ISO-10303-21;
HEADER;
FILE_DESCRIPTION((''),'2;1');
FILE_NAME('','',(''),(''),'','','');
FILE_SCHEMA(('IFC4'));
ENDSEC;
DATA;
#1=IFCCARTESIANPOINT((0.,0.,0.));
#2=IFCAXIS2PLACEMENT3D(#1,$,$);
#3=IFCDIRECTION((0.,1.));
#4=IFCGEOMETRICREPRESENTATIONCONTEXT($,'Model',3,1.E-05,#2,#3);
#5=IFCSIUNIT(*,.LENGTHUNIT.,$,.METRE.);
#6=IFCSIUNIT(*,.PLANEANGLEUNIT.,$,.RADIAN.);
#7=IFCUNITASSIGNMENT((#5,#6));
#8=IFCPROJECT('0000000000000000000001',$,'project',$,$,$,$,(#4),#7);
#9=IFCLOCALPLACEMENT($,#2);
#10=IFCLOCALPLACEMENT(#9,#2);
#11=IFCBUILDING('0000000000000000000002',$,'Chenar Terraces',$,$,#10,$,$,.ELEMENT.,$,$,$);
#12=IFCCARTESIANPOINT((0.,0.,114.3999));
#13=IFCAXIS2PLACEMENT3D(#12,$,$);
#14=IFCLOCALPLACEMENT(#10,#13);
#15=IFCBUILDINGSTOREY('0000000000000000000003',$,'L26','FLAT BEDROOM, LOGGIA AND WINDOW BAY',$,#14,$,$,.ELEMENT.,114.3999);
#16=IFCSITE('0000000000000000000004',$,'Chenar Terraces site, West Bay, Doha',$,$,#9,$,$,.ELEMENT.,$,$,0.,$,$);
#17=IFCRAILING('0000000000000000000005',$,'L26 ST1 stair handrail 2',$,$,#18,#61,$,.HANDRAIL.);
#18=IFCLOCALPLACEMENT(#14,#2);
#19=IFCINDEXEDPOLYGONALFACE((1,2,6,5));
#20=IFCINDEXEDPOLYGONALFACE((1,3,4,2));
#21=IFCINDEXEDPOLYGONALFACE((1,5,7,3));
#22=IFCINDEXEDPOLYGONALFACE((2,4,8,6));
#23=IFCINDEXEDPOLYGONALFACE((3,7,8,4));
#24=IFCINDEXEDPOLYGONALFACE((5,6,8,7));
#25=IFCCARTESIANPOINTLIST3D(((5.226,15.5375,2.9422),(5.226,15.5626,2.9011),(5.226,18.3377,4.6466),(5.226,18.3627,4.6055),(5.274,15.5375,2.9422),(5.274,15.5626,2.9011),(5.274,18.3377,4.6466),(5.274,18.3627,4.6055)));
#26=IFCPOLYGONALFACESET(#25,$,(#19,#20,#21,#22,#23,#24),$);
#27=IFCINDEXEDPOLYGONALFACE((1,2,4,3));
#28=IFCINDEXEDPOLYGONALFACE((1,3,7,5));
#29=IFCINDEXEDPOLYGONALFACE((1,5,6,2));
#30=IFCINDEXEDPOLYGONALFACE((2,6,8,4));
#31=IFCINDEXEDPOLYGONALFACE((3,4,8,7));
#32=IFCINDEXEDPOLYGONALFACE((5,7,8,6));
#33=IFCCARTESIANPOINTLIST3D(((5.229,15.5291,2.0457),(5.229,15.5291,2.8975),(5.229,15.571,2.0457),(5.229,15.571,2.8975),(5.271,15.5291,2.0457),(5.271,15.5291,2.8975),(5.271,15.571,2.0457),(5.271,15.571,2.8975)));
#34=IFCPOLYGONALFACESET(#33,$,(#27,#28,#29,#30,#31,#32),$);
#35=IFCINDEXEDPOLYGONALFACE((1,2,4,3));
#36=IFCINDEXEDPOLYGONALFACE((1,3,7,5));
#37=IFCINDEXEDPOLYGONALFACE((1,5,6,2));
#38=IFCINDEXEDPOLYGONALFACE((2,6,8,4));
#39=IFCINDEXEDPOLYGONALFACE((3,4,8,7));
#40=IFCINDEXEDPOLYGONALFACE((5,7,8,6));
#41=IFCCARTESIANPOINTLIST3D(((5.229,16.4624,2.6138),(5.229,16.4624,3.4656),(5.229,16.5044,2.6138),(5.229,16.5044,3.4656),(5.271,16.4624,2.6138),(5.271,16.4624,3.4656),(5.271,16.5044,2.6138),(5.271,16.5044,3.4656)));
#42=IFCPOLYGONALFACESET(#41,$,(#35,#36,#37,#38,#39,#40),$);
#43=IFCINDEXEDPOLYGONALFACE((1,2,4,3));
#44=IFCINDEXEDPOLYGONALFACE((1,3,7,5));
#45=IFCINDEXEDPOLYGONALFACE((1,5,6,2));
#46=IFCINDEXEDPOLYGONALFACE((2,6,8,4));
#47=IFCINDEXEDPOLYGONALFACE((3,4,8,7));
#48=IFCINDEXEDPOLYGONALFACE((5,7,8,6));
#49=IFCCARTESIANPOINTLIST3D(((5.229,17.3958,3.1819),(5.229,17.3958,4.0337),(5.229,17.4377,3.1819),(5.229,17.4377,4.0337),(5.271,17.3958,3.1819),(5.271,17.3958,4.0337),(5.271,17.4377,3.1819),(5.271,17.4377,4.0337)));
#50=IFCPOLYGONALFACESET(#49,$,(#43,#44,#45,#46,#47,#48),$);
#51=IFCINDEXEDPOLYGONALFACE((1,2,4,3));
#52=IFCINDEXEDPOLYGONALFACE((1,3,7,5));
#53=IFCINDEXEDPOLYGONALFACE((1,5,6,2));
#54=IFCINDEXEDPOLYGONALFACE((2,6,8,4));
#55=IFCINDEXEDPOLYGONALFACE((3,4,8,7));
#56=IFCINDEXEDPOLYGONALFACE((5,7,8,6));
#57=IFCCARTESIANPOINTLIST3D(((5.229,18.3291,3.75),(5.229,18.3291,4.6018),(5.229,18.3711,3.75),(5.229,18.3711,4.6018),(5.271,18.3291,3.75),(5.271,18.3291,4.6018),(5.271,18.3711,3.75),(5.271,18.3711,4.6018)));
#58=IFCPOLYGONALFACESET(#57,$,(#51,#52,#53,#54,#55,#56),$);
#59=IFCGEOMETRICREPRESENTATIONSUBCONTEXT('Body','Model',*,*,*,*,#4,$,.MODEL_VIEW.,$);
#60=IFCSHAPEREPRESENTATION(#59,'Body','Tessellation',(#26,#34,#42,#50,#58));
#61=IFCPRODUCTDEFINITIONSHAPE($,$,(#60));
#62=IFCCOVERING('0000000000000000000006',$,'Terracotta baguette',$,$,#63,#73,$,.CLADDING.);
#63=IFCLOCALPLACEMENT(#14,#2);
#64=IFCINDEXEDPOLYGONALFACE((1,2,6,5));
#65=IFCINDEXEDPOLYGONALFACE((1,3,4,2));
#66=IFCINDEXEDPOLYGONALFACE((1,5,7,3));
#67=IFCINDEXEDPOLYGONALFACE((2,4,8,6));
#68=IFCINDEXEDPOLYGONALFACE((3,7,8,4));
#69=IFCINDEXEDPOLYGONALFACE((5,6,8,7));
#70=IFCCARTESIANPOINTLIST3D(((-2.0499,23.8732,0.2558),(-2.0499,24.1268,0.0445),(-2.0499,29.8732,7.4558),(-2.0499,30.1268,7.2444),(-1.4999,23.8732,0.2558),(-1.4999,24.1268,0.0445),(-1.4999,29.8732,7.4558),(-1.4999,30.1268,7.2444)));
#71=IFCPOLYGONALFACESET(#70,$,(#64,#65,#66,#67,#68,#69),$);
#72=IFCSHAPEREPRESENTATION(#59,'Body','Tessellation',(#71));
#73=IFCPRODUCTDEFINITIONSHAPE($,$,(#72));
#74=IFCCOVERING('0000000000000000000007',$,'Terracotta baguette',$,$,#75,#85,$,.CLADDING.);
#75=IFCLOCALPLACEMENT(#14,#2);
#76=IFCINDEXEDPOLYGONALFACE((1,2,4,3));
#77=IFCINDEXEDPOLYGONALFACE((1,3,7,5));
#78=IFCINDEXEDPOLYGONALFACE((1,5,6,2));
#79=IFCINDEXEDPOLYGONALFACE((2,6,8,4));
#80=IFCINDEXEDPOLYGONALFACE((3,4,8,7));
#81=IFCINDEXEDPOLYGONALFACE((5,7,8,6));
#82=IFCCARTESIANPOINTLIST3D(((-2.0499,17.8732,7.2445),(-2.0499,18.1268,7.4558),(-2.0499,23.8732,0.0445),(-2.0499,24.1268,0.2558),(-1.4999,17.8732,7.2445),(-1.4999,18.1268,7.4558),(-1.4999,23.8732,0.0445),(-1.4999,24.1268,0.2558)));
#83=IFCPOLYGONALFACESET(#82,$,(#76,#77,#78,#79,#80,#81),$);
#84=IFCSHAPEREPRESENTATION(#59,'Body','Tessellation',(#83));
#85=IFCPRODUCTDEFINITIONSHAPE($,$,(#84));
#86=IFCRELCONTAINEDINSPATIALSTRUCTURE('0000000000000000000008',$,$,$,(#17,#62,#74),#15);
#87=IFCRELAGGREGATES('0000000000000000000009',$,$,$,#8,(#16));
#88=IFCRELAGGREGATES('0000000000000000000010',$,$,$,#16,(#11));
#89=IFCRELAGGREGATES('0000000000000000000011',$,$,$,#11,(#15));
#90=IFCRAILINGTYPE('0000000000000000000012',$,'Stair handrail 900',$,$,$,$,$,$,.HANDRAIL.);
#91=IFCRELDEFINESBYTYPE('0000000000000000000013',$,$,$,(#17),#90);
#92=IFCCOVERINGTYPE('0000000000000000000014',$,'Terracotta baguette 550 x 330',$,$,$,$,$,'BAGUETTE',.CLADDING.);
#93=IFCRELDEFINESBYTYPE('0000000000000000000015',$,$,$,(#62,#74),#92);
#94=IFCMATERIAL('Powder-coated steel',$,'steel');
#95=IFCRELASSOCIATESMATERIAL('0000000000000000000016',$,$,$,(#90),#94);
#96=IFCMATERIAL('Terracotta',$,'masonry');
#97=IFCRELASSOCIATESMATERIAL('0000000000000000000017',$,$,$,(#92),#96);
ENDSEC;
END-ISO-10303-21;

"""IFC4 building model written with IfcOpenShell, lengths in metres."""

from ifc_helpers import new_model, si_unit, direction, frame, origin, origin_2d, place, context, subcontext, project, spatial, rectangle, extrude, material, material_profile, profile_set, type_object, element, save


model = new_model("IFC4")

# Units and contexts
model_context = context("Model", 3, precision=1e-05, world=origin(), true_north=direction((0.0, 1.0)))
body_context = subcontext(model_context, "Body", "Model", "MODEL_VIEW")
ifc_project = project(units=[si_unit("LENGTHUNIT", "METRE"), si_unit("PLANEANGLEUNIT", "RADIAN")], contexts=[model_context])

# Site, building, storey
site_placement = place(None, origin())
site = spatial("IfcSite", under=ifc_project, at=site_placement, Name="Chenar Terraces site, West Bay, Doha", CompositionType="ELEMENT", RefElevation=0.0)
building_placement = place(site_placement, origin())
building = spatial("IfcBuilding", under=site, at=building_placement, Name="Chenar Terraces", CompositionType="ELEMENT")
storey_placement = place(building_placement, frame((0.0, 0.0, 114.3999)))
storey = spatial("IfcBuildingStorey", under=building, at=storey_placement, Name="L26", Description="FLAT BEDROOM, LOGGIA AND WINDOW BAY", CompositionType="ELEMENT", Elevation=114.3999)

# Railing
ifc_material_1 = material(Name="Powder-coated steel", Category="steel")
railing_type_1 = type_object("IfcRailingType", Name="Stair handrail 900", PredefinedType="HANDRAIL", material=ifc_material_1)
railing_1_placement = place(storey_placement, frame((5.25, 15.55, 2.0457)))
element("IfcRailing", 1, at=railing_1_placement, inside=storey, type_object=railing_type_1, Name="L26 ST1 stair handrail 2", PredefinedType="HANDRAIL", context=body_context, shape_type="SweptSolid", body=[
    extrude(rectangle(XDim=0.0481, YDim=0.0481, at=origin_2d()), frame((0.0, 0.0, 0.876), z_axis=(0.0, 0.854203, 0.51994), x_axis=(-1.0, 0.0, 0.0)), (0.0, 0.0, 1.0), 3.2781),
    extrude(rectangle(XDim=0.042, YDim=0.042, at=origin_2d()), origin(), (0.0, 0.0, 1.0), 0.8518),
    extrude(rectangle(XDim=0.042, YDim=0.042, at=origin_2d()), frame((0.0, 0.9333, 0.5681)), (0.0, 0.0, 1.0), 0.8518),
    extrude(rectangle(XDim=0.042, YDim=0.042, at=origin_2d()), frame((0.0, 1.8667, 1.1362)), (0.0, 0.0, 1.0), 0.8518),
    extrude(rectangle(XDim=0.042, YDim=0.042, at=origin_2d()), frame((0.0, 2.8, 1.7043)), (0.0, 0.0, 1.0), 0.8518),
])

# Coverings
ifc_material_2 = material(Name="Terracotta", Category="masonry")
ifc_material_profile_1 = material_profile(ifc_material_2, rectangle(XDim=0.55, YDim=0.3301, at=origin_2d()), Name="Terracotta baguette 550 x 330")
ifc_profile_set_1 = profile_set([ifc_material_profile_1], Name="Terracotta")
covering_type = type_object("IfcCoveringType", Name="Terracotta baguette 550 x 330", ElementType="BAGUETTE", PredefinedType="CLADDING", material=ifc_profile_set_1)
for number, where, z_axis, x_axis, name in (
    (2, (-1.7749, 30.0, 7.3501), (0.0, -0.640187, -0.768219), (1.0, 0.0, 0.0), "Terracotta baguette"),
    (3, (-1.7749, 24.0, 0.1501), (0.0, -0.640187, 0.768219), (1.0, 0.0, 0.0), "Terracotta baguette"),
):
    element("IfcCovering", number, at=place(storey_placement, frame(where, z_axis=z_axis, x_axis=x_axis)), inside=storey, type_object=covering_type, Name=name, PredefinedType="CLADDING", context=body_context, shape_type="SweptSolid", body=[
        extrude(rectangle(XDim=0.55, YDim=0.3301, at=origin_2d()), origin(), (0.0, 0.0, 1.0), 9.3723),
    ])

save(model, "model.ifc")
